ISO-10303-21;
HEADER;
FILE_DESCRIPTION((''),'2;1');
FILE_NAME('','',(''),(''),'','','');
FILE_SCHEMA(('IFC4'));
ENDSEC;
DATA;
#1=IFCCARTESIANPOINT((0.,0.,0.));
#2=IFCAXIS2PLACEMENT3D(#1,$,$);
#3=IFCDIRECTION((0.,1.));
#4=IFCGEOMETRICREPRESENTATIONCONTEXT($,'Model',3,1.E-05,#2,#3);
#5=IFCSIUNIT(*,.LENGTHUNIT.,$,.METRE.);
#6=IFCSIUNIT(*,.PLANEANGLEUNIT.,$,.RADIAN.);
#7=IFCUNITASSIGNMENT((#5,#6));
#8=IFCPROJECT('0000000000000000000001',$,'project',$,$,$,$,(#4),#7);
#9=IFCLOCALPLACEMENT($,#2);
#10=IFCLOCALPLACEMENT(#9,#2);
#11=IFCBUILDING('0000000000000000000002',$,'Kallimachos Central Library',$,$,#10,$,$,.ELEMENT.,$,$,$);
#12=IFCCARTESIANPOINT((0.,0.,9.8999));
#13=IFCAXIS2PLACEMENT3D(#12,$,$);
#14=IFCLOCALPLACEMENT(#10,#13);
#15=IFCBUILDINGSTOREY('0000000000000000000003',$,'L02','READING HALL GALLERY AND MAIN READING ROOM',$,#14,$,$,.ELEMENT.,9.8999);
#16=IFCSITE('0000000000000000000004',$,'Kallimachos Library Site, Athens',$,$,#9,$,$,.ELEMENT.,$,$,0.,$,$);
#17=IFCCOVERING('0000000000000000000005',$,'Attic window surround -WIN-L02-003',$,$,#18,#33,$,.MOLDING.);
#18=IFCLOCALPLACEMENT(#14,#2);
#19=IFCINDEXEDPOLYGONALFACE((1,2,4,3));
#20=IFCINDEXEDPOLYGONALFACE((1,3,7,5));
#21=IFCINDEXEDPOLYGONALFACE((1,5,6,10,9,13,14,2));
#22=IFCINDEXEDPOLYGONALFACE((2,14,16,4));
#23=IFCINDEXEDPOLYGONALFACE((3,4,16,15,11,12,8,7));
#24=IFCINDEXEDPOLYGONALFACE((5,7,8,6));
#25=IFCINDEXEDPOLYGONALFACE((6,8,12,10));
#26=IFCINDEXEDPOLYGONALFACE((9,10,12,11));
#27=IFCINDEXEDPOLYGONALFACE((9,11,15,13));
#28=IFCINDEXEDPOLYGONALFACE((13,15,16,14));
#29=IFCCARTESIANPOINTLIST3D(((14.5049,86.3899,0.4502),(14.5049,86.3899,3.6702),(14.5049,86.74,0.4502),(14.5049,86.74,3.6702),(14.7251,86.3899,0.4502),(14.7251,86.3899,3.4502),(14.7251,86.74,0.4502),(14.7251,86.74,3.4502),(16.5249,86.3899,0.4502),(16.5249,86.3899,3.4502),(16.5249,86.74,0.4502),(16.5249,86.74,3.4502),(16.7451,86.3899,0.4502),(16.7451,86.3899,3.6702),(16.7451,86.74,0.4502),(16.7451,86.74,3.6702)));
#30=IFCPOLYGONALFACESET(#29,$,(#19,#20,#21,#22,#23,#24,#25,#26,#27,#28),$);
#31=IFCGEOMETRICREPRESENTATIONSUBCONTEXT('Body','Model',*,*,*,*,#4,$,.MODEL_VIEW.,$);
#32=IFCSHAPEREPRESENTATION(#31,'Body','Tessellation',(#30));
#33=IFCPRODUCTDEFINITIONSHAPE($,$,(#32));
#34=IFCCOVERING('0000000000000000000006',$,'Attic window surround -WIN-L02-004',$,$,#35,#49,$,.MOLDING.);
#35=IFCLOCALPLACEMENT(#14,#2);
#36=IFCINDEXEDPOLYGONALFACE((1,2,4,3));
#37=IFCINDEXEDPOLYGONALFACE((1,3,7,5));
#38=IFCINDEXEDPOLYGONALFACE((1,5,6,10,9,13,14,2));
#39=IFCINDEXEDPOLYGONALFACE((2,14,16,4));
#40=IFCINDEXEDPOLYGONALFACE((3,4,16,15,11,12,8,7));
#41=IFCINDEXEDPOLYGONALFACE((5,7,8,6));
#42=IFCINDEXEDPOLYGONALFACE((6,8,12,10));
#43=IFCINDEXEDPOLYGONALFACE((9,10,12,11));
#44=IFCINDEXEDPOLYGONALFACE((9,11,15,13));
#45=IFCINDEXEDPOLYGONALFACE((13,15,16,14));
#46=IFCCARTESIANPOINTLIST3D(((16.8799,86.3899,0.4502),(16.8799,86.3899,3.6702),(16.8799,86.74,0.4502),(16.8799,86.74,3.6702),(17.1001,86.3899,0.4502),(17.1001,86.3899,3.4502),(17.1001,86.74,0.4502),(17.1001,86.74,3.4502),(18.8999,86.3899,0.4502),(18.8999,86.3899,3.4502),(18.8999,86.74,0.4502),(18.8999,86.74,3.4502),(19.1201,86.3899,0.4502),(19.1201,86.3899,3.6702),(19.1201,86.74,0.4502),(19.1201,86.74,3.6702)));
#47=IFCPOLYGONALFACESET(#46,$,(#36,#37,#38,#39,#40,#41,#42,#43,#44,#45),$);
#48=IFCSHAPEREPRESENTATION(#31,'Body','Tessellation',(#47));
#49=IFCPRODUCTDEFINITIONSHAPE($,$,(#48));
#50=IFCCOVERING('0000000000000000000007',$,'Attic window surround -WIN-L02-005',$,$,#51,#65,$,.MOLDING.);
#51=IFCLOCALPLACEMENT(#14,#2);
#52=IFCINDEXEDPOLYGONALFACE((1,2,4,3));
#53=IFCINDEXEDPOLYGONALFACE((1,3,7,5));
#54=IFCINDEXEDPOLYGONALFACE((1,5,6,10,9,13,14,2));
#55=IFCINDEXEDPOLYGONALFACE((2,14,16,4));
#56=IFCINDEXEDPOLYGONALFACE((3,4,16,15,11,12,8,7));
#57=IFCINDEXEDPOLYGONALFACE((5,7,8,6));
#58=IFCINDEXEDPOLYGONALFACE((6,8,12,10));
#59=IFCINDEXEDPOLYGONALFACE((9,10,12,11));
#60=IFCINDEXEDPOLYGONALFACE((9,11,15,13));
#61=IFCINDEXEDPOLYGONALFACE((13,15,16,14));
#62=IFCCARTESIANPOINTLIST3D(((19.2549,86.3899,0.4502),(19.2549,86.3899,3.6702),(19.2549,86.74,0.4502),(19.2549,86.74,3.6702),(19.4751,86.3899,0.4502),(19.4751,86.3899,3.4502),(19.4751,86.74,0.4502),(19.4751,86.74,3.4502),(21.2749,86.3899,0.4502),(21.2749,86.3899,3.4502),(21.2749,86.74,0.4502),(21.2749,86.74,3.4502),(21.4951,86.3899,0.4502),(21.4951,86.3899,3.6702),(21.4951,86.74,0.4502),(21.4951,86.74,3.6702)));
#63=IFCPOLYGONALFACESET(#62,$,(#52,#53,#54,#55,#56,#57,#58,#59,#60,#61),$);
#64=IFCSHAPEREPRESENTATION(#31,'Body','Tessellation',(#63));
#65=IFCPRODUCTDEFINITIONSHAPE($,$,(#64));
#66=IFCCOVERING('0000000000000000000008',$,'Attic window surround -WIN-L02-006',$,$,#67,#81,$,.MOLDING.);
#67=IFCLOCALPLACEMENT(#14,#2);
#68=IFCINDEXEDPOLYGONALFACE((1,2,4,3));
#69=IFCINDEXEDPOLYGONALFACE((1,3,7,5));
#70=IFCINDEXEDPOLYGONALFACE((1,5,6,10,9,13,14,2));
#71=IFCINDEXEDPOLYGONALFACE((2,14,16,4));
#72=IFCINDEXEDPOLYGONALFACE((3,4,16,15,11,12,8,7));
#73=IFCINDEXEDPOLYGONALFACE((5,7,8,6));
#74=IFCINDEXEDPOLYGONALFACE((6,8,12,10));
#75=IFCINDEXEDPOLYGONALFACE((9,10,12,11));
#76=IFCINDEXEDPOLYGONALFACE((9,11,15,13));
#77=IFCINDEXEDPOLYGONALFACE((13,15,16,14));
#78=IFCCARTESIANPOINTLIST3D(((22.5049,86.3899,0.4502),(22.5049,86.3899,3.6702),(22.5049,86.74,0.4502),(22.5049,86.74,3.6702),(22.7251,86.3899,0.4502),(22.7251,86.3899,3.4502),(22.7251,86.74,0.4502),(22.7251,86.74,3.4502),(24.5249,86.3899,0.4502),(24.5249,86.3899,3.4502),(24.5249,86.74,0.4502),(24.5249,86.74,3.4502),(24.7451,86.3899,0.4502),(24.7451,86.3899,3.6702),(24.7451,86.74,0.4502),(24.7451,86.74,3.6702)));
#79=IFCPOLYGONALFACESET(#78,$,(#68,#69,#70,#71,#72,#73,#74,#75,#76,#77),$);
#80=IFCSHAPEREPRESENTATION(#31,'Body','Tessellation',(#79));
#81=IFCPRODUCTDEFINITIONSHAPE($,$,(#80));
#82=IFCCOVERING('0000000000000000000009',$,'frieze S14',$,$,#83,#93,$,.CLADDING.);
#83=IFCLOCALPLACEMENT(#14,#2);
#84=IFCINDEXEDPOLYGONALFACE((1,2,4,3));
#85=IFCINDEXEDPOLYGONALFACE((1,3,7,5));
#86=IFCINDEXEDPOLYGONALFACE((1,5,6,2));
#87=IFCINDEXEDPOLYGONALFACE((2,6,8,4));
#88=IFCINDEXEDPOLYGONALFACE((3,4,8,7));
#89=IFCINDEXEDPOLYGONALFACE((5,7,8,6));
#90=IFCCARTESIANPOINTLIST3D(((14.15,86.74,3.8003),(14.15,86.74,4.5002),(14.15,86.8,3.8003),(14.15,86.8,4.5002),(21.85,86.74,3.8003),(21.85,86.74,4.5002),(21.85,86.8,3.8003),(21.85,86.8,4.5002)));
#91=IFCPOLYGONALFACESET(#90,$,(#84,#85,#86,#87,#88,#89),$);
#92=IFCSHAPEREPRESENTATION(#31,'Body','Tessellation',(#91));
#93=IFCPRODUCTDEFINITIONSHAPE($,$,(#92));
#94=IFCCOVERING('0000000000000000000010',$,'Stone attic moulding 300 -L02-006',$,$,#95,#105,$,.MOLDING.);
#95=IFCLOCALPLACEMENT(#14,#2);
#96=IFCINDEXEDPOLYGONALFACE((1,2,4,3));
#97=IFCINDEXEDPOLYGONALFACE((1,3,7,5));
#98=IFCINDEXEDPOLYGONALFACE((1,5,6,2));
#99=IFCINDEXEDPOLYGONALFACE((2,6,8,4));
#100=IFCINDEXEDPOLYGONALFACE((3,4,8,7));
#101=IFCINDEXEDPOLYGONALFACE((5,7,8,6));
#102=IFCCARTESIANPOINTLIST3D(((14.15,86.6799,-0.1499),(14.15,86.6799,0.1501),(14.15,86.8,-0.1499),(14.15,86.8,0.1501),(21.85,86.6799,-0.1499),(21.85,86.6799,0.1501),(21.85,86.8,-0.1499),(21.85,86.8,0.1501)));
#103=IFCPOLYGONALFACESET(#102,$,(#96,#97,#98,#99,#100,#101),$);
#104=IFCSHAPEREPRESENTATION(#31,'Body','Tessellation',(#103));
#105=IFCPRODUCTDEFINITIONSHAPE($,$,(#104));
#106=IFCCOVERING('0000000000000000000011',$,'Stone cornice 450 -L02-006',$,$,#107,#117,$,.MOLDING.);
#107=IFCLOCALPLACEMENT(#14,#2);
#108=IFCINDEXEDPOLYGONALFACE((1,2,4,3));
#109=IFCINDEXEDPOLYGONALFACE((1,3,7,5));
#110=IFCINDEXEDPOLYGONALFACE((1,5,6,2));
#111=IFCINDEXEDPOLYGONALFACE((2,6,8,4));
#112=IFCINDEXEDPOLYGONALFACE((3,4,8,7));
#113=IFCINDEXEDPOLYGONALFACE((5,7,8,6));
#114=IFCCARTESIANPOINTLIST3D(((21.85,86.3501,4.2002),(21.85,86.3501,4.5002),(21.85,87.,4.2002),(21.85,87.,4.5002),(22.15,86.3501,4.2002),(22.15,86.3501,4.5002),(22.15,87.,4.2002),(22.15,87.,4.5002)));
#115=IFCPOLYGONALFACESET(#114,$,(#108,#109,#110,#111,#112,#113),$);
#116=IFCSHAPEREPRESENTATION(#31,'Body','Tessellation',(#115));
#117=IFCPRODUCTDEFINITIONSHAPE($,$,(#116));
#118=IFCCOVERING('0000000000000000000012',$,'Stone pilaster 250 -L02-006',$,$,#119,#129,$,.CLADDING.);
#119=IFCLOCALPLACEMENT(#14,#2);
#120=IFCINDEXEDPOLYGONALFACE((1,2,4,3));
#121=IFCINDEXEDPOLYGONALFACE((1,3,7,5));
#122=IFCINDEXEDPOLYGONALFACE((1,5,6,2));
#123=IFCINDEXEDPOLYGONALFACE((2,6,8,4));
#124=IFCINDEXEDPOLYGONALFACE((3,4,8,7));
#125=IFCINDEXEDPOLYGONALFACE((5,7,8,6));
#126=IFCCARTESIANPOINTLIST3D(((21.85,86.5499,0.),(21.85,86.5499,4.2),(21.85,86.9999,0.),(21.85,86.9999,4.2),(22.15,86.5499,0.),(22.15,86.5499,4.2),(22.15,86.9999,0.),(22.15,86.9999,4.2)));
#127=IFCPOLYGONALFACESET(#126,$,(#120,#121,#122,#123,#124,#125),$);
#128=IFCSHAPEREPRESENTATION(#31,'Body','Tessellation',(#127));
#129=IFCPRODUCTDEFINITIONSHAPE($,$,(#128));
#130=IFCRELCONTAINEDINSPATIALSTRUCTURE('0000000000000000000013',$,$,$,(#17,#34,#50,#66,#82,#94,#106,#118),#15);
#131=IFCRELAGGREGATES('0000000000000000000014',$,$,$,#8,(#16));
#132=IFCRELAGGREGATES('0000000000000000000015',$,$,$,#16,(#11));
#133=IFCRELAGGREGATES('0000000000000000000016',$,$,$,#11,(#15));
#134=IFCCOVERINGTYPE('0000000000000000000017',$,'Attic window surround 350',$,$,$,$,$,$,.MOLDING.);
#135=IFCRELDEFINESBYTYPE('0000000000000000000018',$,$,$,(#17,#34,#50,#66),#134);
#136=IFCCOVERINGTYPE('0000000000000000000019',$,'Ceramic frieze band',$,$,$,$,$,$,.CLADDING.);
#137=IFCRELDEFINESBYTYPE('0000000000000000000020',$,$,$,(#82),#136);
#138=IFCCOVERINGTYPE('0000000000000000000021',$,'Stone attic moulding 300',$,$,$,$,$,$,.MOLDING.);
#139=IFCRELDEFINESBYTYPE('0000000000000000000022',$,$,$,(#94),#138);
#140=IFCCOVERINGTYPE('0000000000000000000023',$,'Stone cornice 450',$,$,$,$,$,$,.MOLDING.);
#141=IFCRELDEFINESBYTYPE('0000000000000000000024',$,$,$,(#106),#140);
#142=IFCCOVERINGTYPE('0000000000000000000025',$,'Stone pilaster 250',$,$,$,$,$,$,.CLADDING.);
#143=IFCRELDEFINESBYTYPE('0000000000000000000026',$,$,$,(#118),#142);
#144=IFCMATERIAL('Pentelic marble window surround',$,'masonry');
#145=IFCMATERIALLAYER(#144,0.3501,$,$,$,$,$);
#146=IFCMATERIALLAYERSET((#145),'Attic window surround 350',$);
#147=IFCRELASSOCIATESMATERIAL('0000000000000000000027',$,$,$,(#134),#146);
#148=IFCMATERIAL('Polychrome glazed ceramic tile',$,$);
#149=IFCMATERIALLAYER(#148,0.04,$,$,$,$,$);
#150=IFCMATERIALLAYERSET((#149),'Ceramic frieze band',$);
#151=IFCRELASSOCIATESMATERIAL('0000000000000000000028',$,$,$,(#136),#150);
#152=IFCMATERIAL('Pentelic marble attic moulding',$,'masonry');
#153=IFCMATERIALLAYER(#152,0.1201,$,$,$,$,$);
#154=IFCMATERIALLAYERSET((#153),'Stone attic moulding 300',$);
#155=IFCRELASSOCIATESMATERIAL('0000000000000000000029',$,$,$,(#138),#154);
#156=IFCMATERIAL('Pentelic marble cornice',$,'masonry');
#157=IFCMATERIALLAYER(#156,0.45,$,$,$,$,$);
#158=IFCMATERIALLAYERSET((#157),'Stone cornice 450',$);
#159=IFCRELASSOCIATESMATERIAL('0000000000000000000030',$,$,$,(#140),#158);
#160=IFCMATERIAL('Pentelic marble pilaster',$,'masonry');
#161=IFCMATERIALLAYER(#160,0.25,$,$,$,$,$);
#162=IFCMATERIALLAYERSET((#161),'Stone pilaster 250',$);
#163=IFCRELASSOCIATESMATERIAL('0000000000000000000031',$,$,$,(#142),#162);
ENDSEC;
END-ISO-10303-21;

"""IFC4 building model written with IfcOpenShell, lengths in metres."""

from ifc_helpers import new_model, si_unit, direction, frame, origin, origin_2d, place, context, subcontext, project, spatial, polyline, rectangle, outline, extrude, material, layer, layer_set, type_object, element, save


model = new_model("IFC4")

# Units and contexts
model_context = context("Model", 3, precision=1e-05, world=origin(), true_north=direction((0.0, 1.0)))
body_context = subcontext(model_context, "Body", "Model", "MODEL_VIEW")
ifc_project = project(units=[si_unit("LENGTHUNIT", "METRE"), si_unit("PLANEANGLEUNIT", "RADIAN")], contexts=[model_context])

# Site, building, storey
site_placement = place(None, origin())
site = spatial("IfcSite", under=ifc_project, at=site_placement, Name="Kallimachos Library Site, Athens", CompositionType="ELEMENT", RefElevation=0.0)
building_placement = place(site_placement, origin())
building = spatial("IfcBuilding", under=site, at=building_placement, Name="Kallimachos Central Library", CompositionType="ELEMENT")
storey_placement = place(building_placement, frame((0.0, 0.0, 9.8999)))
storey = spatial("IfcBuildingStorey", under=building, at=storey_placement, Name="L02", Description="READING HALL GALLERY AND MAIN READING ROOM", CompositionType="ELEMENT", Elevation=9.8999)

# Coverings
ifc_material_1 = material(Name="Pentelic marble window surround", Category="masonry")
ifc_layer_1 = layer(ifc_material_1, 0.3501)
ifc_layer_set_1 = layer_set([ifc_layer_1], Name="Attic window surround 350")
covering_type_1 = type_object("IfcCoveringType", Name="Attic window surround 350", PredefinedType="MOLDING", material=ifc_layer_set_1)
for number, where, z_axis, x_axis, name in (
    (1, (14.7251, 86.3899, 0.4502), (0.0, -1.0, 0.0), (0.0, 0.0, 1.0), "Attic window surround -WIN-L02-003"),
    (2, (17.1001, 86.3899, 0.4502), (0.0, -1.0, 0.0), (0.0, 0.0, 1.0), "Attic window surround -WIN-L02-004"),
    (3, (19.4751, 86.3899, 0.4502), (0.0, -1.0, 0.0), (0.0, 0.0, 1.0), "Attic window surround -WIN-L02-005"),
    (4, (22.7251, 86.3899, 0.4502), (0.0, -1.0, 0.0), (0.0, 0.0, 1.0), "Attic window surround -WIN-L02-006"),
):
    element("IfcCovering", number, at=place(storey_placement, frame(where, z_axis=z_axis, x_axis=x_axis)), inside=storey, type_object=covering_type_1, Name=name, PredefinedType="MOLDING", context=body_context, shape_type="SweptSolid", body=[
        extrude(outline(polyline([(0.0, 0.0), (3.0, 0.0), (3.0, -1.7998), (0.0, -1.7998), (0.0, -2.02), (3.22, -2.02), (3.22, 0.2202), (0.0, 0.2202), (0.0, 0.0)])), origin(), (0.0, 0.0, -1.0), 0.3501),
    ])
ifc_material_2 = material(Name="Polychrome glazed ceramic tile")
ifc_layer_2 = layer(ifc_material_2, 0.04)
ifc_layer_set_2 = layer_set([ifc_layer_2], Name="Ceramic frieze band")
covering_type_2 = type_object("IfcCoveringType", Name="Ceramic frieze band", PredefinedType="CLADDING", material=ifc_layer_set_2)
covering_1_placement = place(storey_placement, frame((18.0, 86.77, 3.8003), z_axis=(0.0, 0.0, 1.0), x_axis=(1.0, 0.0, 0.0)))
element("IfcCovering", 5, at=covering_1_placement, inside=storey, type_object=covering_type_2, Name="frieze S14", PredefinedType="CLADDING", context=body_context, shape_type="SweptSolid", body=[
    extrude(rectangle(XDim=7.7, YDim=0.0601, at=origin_2d()), origin(), (0.0, 0.0, 1.0), 0.7),
])
ifc_material_3 = material(Name="Pentelic marble attic moulding", Category="masonry")
ifc_layer_3 = layer(ifc_material_3, 0.1201)
ifc_layer_set_3 = layer_set([ifc_layer_3], Name="Stone attic moulding 300")
covering_type_3 = type_object("IfcCoveringType", Name="Stone attic moulding 300", PredefinedType="MOLDING", material=ifc_layer_set_3)
covering_2_placement = place(storey_placement, frame((18.0, 86.74, -0.1499), z_axis=(0.0, 0.0, 1.0), x_axis=(1.0, 0.0, 0.0)))
element("IfcCovering", 6, at=covering_2_placement, inside=storey, type_object=covering_type_3, Name="Stone attic moulding 300 -L02-006", PredefinedType="MOLDING", context=body_context, shape_type="SweptSolid", body=[
    extrude(rectangle(XDim=7.7, YDim=0.1201, at=origin_2d()), origin(), (0.0, 0.0, 1.0), 0.3),
])
ifc_material_4 = material(Name="Pentelic marble cornice", Category="masonry")
ifc_layer_4 = layer(ifc_material_4, 0.45)
ifc_layer_set_4 = layer_set([ifc_layer_4], Name="Stone cornice 450")
covering_type_4 = type_object("IfcCoveringType", Name="Stone cornice 450", PredefinedType="MOLDING", material=ifc_layer_set_4)
covering_3_placement = place(storey_placement, frame((22.0, 86.675, 4.2002), z_axis=(0.0, 0.0, 1.0), x_axis=(1.0, 0.0, 0.0)))
element("IfcCovering", 7, at=covering_3_placement, inside=storey, type_object=covering_type_4, Name="Stone cornice 450 -L02-006", PredefinedType="MOLDING", context=body_context, shape_type="SweptSolid", body=[
    extrude(rectangle(XDim=0.3, YDim=0.6499, at=origin_2d()), origin(), (0.0, 0.0, 1.0), 0.3),
])
ifc_material_5 = material(Name="Pentelic marble pilaster", Category="masonry")
ifc_layer_5 = layer(ifc_material_5, 0.25)
ifc_layer_set_5 = layer_set([ifc_layer_5], Name="Stone pilaster 250")
covering_type_5 = type_object("IfcCoveringType", Name="Stone pilaster 250", PredefinedType="CLADDING", material=ifc_layer_set_5)
covering_4_placement = place(storey_placement, frame((22.0, 86.7749, 0.0), z_axis=(0.0, 0.0, 1.0), x_axis=(1.0, 0.0, 0.0)))
element("IfcCovering", 8, at=covering_4_placement, inside=storey, type_object=covering_type_5, Name="Stone pilaster 250 -L02-006", PredefinedType="CLADDING", context=body_context, shape_type="SweptSolid", body=[
    extrude(rectangle(XDim=0.3, YDim=0.45, at=origin_2d()), origin(), (0.0, 0.0, 1.0), 4.2),
])

save(model, "model.ifc")
